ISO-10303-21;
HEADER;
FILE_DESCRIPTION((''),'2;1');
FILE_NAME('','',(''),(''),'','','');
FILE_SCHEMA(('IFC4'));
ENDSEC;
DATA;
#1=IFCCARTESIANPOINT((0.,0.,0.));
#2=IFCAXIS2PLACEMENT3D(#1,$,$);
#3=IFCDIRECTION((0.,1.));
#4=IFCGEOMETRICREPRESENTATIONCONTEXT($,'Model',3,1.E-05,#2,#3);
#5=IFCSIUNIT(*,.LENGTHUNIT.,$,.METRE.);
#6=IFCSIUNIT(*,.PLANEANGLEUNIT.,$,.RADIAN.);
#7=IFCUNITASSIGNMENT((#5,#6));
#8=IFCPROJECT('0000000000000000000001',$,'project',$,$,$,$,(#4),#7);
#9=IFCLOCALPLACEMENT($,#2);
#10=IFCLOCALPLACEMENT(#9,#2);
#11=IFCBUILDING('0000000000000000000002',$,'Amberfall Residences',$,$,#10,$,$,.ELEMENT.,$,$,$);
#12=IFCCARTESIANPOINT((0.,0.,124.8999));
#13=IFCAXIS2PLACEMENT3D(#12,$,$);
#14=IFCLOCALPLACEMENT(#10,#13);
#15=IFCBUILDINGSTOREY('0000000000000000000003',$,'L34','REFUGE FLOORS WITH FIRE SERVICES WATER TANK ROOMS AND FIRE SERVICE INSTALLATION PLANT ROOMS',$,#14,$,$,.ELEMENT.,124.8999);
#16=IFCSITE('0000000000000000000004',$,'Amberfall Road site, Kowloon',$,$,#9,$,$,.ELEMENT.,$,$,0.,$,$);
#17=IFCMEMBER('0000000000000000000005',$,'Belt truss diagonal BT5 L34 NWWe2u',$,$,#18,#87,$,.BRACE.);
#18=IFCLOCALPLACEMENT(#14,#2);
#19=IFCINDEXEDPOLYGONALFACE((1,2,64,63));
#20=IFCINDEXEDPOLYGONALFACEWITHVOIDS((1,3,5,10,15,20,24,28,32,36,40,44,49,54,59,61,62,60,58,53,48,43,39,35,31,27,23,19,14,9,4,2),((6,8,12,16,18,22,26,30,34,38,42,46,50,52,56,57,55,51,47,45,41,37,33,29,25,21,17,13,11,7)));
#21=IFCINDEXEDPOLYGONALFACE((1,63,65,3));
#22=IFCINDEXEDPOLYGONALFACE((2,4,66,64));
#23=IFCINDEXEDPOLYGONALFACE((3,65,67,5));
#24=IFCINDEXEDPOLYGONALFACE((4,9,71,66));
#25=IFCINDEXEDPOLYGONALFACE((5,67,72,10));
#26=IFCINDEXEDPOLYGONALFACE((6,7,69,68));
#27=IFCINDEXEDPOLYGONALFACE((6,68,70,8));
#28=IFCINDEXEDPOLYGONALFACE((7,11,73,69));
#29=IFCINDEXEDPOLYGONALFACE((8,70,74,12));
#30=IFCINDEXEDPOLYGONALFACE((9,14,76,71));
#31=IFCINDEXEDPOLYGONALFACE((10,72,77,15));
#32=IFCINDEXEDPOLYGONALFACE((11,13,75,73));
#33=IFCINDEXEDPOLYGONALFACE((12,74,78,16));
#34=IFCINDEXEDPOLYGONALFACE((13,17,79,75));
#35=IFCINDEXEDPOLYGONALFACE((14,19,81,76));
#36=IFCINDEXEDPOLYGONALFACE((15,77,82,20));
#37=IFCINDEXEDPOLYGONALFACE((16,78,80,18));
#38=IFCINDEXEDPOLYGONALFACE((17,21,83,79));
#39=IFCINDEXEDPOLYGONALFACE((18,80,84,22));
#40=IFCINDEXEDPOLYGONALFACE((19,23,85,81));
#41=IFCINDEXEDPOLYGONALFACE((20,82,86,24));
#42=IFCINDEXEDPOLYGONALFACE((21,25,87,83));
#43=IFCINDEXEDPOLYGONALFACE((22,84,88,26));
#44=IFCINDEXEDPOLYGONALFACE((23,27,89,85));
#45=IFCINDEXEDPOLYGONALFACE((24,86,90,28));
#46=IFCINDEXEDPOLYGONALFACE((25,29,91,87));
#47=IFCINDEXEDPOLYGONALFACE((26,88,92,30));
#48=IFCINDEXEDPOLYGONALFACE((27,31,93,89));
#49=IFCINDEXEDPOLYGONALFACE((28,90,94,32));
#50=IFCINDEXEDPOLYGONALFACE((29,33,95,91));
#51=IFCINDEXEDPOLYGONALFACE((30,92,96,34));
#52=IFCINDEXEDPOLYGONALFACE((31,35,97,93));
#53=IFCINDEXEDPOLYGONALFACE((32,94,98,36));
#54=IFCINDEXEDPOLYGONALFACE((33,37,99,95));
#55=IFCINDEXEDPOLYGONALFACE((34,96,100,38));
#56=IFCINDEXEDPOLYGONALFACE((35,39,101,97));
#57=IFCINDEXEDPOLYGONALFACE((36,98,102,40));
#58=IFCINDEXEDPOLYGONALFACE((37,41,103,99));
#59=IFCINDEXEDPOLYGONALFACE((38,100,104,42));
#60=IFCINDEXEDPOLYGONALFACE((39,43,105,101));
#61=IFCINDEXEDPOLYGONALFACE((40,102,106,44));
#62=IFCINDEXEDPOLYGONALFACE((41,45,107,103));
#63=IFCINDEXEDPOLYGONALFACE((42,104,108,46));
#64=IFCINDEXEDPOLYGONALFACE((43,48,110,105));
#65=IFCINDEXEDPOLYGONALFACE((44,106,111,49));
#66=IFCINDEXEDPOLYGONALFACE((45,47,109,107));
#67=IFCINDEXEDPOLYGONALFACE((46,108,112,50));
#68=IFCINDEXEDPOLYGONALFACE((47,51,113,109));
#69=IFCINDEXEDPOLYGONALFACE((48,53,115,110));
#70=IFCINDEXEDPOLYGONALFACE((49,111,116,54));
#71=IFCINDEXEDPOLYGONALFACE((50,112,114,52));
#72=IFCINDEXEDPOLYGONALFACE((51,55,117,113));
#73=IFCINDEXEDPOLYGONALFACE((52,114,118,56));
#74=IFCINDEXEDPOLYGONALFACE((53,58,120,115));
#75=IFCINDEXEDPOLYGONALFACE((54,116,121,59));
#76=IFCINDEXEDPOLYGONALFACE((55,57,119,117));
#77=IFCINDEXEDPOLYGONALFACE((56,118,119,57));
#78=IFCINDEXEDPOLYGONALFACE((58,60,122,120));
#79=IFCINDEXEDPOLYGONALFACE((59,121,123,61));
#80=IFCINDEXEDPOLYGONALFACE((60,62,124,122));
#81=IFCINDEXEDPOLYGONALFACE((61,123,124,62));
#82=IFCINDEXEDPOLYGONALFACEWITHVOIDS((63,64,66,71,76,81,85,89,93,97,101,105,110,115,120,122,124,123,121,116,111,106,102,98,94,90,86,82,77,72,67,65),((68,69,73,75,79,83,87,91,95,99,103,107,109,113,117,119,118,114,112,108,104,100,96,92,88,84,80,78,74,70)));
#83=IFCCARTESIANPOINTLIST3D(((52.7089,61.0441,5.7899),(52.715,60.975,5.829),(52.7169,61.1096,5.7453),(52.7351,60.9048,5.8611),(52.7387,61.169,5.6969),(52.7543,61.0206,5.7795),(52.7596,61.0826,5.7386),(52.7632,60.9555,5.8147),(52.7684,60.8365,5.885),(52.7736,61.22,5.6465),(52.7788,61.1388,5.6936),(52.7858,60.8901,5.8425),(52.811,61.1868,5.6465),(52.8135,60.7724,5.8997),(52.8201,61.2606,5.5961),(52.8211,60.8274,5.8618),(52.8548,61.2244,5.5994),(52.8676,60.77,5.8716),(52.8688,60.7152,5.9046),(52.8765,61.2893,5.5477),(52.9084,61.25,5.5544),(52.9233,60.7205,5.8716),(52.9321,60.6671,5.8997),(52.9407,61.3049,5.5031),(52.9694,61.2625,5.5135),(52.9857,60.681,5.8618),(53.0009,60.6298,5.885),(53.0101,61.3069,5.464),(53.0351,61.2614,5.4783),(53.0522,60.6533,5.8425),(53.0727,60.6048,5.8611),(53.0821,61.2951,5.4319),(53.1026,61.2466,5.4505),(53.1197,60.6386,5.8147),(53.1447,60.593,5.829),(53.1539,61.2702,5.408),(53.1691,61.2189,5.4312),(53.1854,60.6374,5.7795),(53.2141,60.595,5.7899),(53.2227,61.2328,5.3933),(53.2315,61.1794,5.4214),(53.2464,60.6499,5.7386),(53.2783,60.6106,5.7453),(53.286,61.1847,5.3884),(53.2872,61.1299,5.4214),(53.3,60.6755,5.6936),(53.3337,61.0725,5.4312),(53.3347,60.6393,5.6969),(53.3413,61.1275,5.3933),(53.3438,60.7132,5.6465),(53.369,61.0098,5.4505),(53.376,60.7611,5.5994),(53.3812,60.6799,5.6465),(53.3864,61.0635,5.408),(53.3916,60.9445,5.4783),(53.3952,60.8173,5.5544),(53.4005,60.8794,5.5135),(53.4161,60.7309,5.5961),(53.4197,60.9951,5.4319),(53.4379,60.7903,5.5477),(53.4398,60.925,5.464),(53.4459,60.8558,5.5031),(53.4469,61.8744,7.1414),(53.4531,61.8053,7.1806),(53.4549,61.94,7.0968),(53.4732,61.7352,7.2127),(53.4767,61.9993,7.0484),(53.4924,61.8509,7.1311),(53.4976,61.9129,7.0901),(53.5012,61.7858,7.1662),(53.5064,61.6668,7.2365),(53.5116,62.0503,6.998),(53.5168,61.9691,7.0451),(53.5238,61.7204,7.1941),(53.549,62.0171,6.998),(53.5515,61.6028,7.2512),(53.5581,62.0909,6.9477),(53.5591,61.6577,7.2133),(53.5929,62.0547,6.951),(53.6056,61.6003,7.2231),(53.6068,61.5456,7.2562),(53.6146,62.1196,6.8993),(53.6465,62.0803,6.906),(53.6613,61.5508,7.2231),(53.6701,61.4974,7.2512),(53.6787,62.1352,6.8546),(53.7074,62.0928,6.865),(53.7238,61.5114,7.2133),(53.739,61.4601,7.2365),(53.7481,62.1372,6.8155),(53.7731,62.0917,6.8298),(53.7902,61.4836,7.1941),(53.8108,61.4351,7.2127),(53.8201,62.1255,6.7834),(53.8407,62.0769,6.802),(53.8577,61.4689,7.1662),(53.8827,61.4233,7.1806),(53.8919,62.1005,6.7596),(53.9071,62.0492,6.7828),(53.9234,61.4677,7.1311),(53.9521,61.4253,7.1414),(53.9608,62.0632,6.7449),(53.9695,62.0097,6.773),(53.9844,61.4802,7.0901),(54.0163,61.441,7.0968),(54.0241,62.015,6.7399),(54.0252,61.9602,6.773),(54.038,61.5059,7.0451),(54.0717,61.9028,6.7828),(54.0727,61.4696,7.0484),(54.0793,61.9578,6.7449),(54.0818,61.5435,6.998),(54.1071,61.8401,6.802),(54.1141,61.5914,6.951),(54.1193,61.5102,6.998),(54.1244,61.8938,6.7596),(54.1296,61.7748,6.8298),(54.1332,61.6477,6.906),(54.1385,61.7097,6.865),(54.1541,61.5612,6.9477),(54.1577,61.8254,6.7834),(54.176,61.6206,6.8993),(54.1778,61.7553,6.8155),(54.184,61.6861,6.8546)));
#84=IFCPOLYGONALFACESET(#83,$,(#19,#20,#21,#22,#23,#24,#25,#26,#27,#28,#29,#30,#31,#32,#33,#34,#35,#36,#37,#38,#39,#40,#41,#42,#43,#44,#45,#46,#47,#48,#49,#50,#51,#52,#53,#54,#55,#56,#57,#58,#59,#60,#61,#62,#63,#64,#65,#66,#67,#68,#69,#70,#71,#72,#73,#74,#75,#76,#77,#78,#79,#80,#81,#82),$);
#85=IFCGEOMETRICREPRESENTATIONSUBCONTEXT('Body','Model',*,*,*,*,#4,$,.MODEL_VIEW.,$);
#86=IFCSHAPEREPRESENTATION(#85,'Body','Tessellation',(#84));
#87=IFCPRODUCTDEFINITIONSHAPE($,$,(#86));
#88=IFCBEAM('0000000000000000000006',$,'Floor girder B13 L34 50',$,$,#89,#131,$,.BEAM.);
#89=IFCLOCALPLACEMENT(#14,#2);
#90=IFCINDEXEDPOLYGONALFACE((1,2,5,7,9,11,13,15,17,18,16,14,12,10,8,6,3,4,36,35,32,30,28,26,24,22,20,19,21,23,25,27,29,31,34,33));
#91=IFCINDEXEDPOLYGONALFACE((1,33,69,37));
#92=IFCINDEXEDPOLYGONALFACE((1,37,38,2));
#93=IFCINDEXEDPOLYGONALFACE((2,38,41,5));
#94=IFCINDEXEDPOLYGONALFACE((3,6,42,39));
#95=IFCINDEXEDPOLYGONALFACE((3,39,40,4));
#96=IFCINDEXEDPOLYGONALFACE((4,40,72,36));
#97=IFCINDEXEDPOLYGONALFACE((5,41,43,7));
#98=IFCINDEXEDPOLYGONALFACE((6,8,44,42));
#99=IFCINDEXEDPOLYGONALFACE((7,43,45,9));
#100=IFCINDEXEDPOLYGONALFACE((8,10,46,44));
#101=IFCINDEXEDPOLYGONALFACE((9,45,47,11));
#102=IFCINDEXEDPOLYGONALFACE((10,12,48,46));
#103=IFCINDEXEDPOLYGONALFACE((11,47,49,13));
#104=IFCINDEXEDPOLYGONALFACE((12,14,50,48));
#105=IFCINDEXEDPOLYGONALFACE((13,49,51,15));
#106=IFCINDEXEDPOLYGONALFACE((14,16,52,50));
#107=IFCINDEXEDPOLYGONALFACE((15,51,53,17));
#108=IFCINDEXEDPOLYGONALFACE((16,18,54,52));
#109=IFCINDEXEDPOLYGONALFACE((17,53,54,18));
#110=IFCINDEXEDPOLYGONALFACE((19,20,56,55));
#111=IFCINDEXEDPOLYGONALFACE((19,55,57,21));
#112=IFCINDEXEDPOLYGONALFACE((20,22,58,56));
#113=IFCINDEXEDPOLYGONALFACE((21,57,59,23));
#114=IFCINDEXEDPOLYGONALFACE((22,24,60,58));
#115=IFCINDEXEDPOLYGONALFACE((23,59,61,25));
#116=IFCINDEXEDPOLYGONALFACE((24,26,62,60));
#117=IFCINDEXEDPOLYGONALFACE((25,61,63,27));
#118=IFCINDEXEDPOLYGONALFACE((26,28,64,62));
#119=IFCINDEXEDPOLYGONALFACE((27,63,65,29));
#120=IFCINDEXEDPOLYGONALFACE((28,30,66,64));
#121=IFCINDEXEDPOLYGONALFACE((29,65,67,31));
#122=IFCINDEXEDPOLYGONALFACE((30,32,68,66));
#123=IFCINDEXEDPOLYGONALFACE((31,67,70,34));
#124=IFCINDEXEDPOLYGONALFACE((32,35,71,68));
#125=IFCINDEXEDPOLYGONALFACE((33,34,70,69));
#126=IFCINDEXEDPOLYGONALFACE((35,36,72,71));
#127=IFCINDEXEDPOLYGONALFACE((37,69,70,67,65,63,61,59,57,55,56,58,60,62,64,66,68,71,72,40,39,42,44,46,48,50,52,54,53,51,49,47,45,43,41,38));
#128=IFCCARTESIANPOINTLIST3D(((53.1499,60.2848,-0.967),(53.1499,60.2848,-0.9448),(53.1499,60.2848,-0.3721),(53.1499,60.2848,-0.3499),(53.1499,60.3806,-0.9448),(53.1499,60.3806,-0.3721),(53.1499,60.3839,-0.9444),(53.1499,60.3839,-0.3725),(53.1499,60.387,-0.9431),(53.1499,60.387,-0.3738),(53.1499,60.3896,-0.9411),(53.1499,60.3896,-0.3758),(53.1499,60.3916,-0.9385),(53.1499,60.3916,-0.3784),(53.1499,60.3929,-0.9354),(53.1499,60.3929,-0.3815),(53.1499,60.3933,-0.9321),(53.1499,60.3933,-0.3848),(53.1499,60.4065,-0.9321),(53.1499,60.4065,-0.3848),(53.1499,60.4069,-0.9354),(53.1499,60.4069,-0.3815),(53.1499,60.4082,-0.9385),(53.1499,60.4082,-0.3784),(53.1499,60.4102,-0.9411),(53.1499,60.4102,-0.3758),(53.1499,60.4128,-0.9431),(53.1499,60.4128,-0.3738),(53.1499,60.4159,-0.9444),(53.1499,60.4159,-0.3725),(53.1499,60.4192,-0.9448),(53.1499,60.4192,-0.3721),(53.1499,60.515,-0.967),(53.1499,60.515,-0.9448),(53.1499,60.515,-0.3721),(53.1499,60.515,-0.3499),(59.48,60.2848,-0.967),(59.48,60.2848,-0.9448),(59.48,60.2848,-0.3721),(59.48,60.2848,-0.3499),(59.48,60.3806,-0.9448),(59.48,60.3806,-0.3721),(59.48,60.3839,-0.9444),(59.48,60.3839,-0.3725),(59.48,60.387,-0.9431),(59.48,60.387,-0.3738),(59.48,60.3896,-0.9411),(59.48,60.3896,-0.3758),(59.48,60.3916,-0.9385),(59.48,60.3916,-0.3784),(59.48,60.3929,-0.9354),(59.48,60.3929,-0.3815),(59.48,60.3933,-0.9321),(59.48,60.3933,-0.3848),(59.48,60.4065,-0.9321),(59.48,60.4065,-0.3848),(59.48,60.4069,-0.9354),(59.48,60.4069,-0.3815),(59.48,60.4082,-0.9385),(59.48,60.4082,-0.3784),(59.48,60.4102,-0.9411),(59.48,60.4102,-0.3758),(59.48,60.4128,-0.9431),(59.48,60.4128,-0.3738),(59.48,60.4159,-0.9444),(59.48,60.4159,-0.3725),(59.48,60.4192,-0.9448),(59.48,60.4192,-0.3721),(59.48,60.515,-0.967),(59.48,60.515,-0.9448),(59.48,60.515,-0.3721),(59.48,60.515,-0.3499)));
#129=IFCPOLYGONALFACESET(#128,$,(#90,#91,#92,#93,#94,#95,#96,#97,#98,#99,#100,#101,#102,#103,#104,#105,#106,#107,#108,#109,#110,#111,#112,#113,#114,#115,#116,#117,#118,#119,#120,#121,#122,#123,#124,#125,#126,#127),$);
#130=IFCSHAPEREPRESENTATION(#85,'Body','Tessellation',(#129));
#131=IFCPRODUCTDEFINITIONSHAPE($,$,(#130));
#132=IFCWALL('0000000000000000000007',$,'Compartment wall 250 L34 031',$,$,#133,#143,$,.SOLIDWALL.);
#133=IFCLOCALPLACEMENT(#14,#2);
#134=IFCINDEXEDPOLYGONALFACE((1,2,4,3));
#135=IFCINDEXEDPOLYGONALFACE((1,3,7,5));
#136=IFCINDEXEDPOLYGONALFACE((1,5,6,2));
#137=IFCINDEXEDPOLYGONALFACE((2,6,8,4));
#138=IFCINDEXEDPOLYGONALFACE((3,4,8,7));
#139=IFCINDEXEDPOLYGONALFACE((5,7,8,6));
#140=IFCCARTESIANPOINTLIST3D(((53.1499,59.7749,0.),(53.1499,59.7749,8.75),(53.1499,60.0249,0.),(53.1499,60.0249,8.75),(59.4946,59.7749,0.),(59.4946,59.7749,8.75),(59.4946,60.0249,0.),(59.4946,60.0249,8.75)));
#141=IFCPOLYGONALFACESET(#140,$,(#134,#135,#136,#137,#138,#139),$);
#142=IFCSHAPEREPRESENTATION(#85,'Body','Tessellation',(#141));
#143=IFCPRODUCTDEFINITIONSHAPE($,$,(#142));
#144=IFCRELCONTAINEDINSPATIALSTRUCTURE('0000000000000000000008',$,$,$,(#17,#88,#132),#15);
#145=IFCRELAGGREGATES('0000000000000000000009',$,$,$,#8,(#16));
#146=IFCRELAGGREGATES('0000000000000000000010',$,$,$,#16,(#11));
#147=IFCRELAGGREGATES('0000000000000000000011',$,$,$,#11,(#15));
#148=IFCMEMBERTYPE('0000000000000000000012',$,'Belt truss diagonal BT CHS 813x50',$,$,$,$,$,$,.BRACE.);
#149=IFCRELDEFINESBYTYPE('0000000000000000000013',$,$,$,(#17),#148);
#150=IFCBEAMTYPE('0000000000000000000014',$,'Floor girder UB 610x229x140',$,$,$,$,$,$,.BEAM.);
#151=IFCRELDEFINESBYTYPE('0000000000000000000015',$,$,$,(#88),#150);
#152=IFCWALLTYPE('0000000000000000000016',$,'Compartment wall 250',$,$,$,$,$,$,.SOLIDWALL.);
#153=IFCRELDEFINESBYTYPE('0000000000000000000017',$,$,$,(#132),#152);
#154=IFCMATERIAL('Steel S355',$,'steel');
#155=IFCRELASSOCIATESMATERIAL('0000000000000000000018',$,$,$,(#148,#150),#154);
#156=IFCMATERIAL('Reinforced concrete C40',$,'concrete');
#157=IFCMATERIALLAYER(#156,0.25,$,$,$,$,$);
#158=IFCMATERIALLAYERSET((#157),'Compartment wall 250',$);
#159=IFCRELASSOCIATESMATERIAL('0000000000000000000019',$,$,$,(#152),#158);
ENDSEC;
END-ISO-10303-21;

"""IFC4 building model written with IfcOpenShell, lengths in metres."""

from ifc_helpers import new_model, si_unit, direction, frame, frame_2d, origin, origin_2d, place, context, subcontext, project, spatial, rectangle, hollow_circle, i_section, extrude, material, layer, layer_set, material_profile, profile_set, type_object, element, save


model = new_model("IFC4")

# Units and contexts
model_context = context("Model", 3, precision=1e-05, world=origin(), true_north=direction((0.0, 1.0)))
body_context = subcontext(model_context, "Body", "Model", "MODEL_VIEW")
ifc_project = project(units=[si_unit("LENGTHUNIT", "METRE"), si_unit("PLANEANGLEUNIT", "RADIAN")], contexts=[model_context])

# Site, building, storey
site_placement = place(None, origin())
site = spatial("IfcSite", under=ifc_project, at=site_placement, Name="Amberfall Road site, Kowloon", CompositionType="ELEMENT", RefElevation=0.0)
building_placement = place(site_placement, origin())
building = spatial("IfcBuilding", under=site, at=building_placement, Name="Amberfall Residences", CompositionType="ELEMENT")
storey_placement = place(building_placement, frame((0.0, 0.0, 124.8999)))
storey = spatial("IfcBuildingStorey", under=building, at=storey_placement, Name="L34", Description="REFUGE FLOORS WITH FIRE SERVICES WATER TANK ROOMS AND FIRE SERVICE INSTALLATION PLANT ROOMS", CompositionType="ELEMENT", Elevation=124.8999)

# Shared definitions
ifc_material_1 = material(Name="Steel S355", Category="steel")

# Member
ifc_material_profile_1 = material_profile(ifc_material_1, hollow_circle(Radius=0.4065, WallThickness=0.05, at=origin_2d()), Name="CHS 813x50")
ifc_profile_set_1 = profile_set([ifc_material_profile_1], Name="Steel S355")
member_type_1 = type_object("IfcMemberType", Name="Belt truss diagonal BT CHS 813x50", PredefinedType="BRACE", material=ifc_profile_set_1)
member_1_placement = place(storey_placement, frame((53.8154, 61.7803, 6.998), z_axis=(-0.421849, -0.474597, -0.772529), x_axis=(0.747421, -0.66435, 0.0)))
element("IfcMember", 1, at=member_1_placement, inside=storey, type_object=member_type_1, Name="Belt truss diagonal BT5 L34 NWWe2u", PredefinedType="BRACE", context=body_context, shape_type="SweptSolid", body=[
    extrude(hollow_circle(Radius=0.4065, WallThickness=0.05, at=origin_2d()), origin(), (0.0, 0.0, 1.0), 1.7495),
])

# Beam
ifc_material_profile_2 = material_profile(ifc_material_1, i_section(OverallWidth=0.2302, OverallDepth=0.6172, WebThickness=0.0132, FlangeThickness=0.0222, FilletRadius=0.0127, at=origin_2d()), Name="UB 610x229x140")
ifc_profile_set_2 = profile_set([ifc_material_profile_2], Name="Steel S355")
beam_type_1 = type_object("IfcBeamType", Name="Floor girder UB 610x229x140", PredefinedType="BEAM", material=ifc_profile_set_2)
beam_1_placement = place(storey_placement, frame((53.1499, 60.3999, -0.6584), z_axis=(1.0, 0.0, 0.0), x_axis=(0.0, 1.0, 0.0)))
element("IfcBeam", 2, at=beam_1_placement, inside=storey, type_object=beam_type_1, Name="Floor girder B13 L34 50", PredefinedType="BEAM", context=body_context, shape_type="SweptSolid", body=[
    extrude(i_section(OverallWidth=0.2302, OverallDepth=0.6172, WebThickness=0.0132, FlangeThickness=0.0222, FilletRadius=0.0127, at=origin_2d()), origin(), (0.0, 0.0, 1.0), 6.3301),
])

# Wall
ifc_material_2 = material(Name="Reinforced concrete C40", Category="concrete")
ifc_layer = layer(ifc_material_2, 0.25)
ifc_layer_set = layer_set([ifc_layer], Name="Compartment wall 250")
wall_type = type_object("IfcWallType", Name="Compartment wall 250", PredefinedType="SOLIDWALL", material=ifc_layer_set)
wall_placement = place(storey_placement, frame((53.1499, 59.8999, 0.0), z_axis=(0.0, 0.0, 1.0), x_axis=(1.0, 0.0, 0.0)))
element("IfcWall", 3, at=wall_placement, inside=storey, type_object=wall_type, Name="Compartment wall 250 L34 031", PredefinedType="SOLIDWALL", context=body_context, shape_type="SweptSolid", body=[
    extrude(rectangle(XDim=6.3447, YDim=0.25, at=frame_2d((3.1724, 0.0))), origin(), (0.0, 0.0, 1.0), 8.75),
])

save(model, "model.ifc")
